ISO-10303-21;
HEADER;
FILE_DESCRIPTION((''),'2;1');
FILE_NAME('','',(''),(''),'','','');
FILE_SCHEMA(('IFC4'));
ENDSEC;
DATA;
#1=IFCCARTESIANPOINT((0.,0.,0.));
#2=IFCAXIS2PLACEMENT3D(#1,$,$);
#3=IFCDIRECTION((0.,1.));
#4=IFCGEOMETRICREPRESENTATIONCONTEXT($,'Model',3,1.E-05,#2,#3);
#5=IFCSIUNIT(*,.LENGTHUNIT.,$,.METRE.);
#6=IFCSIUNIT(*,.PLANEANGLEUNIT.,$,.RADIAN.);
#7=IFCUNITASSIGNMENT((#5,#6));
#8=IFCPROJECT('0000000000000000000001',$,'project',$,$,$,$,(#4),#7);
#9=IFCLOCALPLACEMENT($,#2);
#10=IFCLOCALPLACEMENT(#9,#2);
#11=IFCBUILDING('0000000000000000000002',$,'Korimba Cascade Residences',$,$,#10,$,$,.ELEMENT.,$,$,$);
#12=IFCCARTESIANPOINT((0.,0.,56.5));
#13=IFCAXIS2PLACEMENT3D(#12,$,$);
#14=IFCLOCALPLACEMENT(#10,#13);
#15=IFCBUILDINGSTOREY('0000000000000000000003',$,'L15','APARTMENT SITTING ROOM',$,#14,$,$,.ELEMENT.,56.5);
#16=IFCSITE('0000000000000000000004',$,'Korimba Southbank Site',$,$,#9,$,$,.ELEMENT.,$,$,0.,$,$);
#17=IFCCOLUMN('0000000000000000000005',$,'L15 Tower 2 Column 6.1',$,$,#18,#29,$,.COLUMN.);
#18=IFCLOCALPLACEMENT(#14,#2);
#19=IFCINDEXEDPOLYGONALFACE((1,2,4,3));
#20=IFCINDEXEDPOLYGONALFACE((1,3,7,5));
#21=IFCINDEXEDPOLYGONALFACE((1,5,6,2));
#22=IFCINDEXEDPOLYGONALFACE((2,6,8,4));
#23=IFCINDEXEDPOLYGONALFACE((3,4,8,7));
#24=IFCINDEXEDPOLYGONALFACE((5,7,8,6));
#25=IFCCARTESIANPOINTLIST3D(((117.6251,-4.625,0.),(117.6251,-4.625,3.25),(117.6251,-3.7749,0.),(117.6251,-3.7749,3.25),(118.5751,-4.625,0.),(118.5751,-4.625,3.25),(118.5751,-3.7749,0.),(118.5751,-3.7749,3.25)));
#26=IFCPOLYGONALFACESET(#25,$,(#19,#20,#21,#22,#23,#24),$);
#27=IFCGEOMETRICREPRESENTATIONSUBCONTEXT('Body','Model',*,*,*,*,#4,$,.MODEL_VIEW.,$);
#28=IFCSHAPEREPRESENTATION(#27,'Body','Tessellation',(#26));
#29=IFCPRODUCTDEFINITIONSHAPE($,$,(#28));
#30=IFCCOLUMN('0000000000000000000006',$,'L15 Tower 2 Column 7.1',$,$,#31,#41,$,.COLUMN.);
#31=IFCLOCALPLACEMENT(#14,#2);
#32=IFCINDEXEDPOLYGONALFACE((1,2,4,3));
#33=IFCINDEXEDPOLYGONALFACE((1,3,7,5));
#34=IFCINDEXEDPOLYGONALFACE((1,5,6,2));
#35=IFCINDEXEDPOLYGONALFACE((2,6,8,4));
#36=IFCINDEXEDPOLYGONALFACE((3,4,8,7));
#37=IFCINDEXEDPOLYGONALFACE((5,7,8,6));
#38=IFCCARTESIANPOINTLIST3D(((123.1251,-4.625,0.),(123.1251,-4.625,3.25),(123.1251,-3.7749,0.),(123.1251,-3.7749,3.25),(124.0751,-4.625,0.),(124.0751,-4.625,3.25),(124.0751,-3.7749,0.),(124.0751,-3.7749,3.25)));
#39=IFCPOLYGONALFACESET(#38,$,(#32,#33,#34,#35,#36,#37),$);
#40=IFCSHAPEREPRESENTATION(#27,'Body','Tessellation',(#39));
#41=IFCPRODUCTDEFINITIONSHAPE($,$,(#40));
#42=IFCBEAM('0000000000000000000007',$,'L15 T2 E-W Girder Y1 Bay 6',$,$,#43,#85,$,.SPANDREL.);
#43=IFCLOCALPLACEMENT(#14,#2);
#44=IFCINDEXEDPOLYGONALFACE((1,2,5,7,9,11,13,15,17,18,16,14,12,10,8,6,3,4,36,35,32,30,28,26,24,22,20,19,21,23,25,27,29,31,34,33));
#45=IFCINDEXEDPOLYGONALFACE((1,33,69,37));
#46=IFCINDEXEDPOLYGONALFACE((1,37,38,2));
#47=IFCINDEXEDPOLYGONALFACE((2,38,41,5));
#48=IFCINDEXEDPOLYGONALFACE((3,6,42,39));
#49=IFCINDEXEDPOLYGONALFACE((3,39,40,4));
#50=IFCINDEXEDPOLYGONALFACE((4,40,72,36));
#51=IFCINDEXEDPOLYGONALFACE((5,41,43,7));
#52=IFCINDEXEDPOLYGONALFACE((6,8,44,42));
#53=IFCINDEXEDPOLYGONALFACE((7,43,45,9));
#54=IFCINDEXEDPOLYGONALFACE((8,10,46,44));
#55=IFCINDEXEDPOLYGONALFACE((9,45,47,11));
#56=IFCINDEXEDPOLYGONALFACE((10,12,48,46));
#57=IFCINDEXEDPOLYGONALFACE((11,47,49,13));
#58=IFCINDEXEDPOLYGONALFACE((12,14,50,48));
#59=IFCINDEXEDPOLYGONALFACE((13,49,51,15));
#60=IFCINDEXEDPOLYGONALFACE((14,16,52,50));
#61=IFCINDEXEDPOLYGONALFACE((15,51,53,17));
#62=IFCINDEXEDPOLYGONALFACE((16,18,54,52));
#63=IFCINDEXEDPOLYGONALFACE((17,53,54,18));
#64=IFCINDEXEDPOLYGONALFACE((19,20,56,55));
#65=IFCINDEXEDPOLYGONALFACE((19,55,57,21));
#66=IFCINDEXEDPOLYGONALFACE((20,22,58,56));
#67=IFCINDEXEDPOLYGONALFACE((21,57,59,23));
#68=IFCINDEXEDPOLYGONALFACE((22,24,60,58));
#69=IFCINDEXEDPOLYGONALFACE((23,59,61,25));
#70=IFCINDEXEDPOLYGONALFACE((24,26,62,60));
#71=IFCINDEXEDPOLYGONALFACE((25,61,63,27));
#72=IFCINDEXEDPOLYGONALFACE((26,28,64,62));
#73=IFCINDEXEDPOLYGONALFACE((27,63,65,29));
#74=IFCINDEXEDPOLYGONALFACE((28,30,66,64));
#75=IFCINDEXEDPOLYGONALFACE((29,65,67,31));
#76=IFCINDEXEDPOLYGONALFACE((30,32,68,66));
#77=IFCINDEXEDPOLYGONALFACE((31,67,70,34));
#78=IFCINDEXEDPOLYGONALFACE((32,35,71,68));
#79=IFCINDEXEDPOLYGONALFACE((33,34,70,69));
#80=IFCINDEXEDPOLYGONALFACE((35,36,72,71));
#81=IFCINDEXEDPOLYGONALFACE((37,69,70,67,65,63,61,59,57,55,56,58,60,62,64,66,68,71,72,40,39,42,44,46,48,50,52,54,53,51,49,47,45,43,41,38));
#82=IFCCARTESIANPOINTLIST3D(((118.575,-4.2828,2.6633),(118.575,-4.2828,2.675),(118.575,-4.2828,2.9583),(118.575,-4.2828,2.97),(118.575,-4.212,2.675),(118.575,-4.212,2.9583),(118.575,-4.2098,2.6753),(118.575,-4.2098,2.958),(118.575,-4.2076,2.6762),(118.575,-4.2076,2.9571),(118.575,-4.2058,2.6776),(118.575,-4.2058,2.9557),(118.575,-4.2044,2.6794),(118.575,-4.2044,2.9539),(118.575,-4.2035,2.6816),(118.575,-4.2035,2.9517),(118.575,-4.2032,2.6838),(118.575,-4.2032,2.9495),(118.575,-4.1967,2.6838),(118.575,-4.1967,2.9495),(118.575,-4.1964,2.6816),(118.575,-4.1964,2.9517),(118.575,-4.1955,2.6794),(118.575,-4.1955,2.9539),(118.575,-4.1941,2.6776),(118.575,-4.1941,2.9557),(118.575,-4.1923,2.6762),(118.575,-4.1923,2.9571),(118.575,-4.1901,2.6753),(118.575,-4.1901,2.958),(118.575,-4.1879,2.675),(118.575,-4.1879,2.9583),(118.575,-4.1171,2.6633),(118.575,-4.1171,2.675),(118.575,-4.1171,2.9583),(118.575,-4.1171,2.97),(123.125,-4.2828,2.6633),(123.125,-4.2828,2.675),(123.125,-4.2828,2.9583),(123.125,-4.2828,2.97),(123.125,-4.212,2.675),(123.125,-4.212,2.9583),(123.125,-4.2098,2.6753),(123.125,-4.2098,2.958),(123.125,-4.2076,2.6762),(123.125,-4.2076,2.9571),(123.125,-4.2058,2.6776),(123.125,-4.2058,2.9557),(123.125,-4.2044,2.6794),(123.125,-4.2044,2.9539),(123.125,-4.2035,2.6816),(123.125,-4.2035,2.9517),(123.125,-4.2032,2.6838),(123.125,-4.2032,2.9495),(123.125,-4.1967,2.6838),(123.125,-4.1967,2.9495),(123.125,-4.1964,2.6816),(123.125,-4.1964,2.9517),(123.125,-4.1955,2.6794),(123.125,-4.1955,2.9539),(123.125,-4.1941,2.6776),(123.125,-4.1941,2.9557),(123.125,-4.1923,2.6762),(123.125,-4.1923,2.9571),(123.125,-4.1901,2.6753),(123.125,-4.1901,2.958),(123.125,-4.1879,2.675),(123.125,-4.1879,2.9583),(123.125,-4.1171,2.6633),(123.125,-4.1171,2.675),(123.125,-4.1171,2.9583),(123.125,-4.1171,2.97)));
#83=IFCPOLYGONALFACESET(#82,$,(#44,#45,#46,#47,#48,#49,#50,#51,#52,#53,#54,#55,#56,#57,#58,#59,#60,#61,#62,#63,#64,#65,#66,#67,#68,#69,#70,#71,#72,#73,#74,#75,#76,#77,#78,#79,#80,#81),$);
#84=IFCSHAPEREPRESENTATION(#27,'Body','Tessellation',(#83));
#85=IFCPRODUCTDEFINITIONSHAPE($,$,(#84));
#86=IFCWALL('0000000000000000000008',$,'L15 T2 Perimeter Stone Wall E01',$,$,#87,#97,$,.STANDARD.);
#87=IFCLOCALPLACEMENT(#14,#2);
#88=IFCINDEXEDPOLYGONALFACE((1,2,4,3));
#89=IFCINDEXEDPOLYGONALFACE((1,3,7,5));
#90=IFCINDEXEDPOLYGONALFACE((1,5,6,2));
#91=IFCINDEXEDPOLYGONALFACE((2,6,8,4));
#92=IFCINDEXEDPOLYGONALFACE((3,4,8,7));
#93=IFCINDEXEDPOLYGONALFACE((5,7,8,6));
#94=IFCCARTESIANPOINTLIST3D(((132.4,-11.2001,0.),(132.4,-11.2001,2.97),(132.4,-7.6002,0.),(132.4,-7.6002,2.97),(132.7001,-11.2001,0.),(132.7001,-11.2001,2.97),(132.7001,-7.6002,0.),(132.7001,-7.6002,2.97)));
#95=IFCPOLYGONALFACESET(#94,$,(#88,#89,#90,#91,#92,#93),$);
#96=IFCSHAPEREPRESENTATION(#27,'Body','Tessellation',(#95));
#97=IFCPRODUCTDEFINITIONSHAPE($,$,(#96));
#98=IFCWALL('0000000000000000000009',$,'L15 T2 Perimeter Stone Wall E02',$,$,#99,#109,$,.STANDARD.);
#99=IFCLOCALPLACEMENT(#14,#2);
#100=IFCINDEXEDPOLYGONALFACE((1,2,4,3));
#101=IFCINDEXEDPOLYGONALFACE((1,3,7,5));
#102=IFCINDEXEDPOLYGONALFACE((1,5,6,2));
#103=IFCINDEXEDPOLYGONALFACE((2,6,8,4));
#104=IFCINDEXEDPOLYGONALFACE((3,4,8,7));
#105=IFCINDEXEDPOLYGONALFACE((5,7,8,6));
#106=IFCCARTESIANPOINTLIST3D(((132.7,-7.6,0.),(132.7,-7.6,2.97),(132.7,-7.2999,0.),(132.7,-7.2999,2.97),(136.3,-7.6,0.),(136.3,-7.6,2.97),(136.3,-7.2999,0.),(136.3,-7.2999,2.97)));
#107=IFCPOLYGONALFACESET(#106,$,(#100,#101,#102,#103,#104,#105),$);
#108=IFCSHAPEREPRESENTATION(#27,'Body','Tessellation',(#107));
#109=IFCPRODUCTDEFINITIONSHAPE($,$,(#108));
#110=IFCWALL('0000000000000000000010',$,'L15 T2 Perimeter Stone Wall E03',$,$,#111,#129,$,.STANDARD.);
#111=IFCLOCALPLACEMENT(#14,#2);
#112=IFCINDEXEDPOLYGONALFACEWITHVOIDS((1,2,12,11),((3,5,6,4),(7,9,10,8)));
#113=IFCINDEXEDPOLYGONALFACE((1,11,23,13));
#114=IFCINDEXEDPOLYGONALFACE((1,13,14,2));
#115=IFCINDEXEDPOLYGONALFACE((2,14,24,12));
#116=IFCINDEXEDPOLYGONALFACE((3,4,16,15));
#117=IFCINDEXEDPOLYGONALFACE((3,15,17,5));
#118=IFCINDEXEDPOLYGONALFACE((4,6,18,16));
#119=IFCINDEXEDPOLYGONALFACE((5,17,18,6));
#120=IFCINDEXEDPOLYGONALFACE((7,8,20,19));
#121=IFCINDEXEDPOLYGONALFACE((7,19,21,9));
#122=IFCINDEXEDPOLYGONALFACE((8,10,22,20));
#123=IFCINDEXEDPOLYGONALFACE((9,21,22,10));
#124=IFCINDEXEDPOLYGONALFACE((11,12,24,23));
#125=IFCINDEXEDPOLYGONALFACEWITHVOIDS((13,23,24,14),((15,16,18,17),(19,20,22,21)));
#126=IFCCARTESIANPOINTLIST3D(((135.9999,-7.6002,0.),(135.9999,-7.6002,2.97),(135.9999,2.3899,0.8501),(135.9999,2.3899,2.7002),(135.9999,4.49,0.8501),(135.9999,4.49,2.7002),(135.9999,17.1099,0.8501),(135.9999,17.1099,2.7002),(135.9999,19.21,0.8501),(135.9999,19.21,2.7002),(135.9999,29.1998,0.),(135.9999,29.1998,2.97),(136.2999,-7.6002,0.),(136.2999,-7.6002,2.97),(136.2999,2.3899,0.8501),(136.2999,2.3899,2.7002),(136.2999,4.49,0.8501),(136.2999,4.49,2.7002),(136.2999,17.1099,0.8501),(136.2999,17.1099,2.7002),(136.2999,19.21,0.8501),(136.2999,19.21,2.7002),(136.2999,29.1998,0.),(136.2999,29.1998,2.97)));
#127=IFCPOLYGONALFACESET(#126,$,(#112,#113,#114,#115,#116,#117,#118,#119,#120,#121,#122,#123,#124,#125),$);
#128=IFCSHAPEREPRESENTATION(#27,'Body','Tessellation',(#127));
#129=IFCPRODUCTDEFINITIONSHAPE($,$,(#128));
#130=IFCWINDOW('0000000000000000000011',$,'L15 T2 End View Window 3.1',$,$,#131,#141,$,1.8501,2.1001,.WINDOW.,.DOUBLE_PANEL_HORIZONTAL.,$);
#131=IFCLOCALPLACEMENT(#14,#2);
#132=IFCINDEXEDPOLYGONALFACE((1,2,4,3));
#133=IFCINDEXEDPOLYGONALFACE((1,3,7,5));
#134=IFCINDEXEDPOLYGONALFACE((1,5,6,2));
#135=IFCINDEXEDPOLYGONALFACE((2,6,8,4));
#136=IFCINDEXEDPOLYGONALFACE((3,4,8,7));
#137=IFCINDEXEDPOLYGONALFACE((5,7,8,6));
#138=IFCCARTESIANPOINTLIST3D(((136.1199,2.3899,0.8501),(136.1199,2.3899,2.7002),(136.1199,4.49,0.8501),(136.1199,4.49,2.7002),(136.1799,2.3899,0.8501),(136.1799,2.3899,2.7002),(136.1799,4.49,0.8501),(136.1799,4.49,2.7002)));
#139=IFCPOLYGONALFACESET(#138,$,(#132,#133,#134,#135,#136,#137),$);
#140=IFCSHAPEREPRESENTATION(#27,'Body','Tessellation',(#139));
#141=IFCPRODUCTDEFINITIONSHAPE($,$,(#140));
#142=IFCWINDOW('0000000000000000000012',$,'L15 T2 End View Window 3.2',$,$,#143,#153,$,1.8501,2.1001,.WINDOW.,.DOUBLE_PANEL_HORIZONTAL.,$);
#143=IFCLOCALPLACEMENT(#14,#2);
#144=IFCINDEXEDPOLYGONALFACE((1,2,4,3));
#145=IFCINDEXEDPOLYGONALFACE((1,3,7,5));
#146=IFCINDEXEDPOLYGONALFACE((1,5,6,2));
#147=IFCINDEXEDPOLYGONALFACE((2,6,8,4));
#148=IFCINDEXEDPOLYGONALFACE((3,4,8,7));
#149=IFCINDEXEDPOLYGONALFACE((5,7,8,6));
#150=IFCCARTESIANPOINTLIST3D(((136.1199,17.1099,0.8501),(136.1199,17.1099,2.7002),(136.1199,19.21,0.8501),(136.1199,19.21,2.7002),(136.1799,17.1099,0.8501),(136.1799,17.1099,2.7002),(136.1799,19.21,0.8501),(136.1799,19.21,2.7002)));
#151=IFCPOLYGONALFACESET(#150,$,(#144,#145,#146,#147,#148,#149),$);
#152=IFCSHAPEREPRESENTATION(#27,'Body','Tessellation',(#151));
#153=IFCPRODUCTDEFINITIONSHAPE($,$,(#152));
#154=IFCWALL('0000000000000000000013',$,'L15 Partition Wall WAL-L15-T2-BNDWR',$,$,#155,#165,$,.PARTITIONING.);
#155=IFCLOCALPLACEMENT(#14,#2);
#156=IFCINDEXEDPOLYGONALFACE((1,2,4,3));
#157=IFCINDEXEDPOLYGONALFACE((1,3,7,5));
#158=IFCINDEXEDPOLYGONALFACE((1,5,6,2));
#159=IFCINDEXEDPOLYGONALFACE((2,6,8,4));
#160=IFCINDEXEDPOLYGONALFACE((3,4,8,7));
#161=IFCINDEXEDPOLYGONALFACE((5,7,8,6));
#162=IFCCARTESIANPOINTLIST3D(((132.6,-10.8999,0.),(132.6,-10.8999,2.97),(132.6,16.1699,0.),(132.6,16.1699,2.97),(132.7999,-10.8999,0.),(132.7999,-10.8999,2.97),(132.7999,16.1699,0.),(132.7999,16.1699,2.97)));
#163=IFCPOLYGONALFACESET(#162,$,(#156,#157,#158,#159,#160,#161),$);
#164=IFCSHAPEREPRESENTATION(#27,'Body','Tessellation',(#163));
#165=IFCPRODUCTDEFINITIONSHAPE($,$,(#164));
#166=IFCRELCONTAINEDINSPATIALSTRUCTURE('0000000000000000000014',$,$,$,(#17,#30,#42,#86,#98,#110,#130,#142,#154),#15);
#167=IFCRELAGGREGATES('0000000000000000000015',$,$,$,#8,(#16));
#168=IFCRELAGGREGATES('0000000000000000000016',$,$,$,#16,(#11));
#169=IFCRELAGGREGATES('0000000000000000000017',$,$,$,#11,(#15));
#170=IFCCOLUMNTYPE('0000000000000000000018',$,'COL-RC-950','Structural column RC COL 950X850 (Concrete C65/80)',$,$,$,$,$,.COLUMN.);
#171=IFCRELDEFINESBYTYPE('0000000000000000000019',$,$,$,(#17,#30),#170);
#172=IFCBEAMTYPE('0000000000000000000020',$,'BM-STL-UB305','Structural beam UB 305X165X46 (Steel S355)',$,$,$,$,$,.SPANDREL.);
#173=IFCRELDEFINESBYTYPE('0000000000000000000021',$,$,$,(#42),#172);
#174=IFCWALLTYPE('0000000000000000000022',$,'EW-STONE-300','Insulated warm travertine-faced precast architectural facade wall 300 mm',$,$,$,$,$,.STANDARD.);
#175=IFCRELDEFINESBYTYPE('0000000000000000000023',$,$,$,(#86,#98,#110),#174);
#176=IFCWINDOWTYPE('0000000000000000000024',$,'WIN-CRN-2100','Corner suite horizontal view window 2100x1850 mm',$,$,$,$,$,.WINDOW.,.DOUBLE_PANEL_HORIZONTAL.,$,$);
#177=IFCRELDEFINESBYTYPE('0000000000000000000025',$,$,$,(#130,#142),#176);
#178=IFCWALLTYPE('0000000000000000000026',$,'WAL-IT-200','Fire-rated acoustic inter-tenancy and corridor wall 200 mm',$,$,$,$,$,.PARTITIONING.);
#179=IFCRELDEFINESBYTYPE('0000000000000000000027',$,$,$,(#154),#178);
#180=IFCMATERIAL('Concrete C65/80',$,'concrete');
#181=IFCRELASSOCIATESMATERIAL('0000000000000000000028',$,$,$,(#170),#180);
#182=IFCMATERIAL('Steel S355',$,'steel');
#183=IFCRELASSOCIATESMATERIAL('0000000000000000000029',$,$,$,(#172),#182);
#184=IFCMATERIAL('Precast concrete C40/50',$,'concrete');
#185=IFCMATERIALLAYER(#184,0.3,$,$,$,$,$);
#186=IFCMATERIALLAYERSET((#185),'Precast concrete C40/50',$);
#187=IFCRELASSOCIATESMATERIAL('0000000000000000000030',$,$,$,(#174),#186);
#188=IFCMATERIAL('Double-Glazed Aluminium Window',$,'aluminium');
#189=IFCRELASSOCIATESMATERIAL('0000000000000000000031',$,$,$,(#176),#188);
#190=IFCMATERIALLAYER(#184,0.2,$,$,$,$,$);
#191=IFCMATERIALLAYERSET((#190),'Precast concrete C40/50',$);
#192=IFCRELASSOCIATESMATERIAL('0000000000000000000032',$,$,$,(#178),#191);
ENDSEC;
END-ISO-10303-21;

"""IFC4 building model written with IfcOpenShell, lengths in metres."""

from ifc_helpers import new_model, si_unit, direction, frame, frame_2d, origin, origin_2d, place, context, subcontext, project, spatial, rectangle, i_section, extrude, material, layer, layer_set, material_profile, profile_set, type_object, element, fill, save


model = new_model("IFC4")

# Units and contexts
model_context = context("Model", 3, precision=1e-05, world=origin(), true_north=direction((0.0, 1.0)))
body_context = subcontext(model_context, "Body", "Model", "MODEL_VIEW")
ifc_project = project(units=[si_unit("LENGTHUNIT", "METRE"), si_unit("PLANEANGLEUNIT", "RADIAN")], contexts=[model_context])

# Site, building, storey
site_placement = place(None, origin())
site = spatial("IfcSite", under=ifc_project, at=site_placement, Name="Korimba Southbank Site", CompositionType="ELEMENT", RefElevation=0.0)
building_placement = place(site_placement, origin())
building = spatial("IfcBuilding", under=site, at=building_placement, Name="Korimba Cascade Residences", CompositionType="ELEMENT")
storey_placement = place(building_placement, frame((0.0, 0.0, 56.5)))
storey = spatial("IfcBuildingStorey", under=building, at=storey_placement, Name="L15", Description="APARTMENT SITTING ROOM", CompositionType="ELEMENT", Elevation=56.5)

# Columns
ifc_material_1 = material(Name="Concrete C65/80", Category="concrete")
ifc_material_profile_1 = material_profile(ifc_material_1, rectangle(XDim=0.95, YDim=0.8501, at=origin_2d()), Name="Concrete C65/80")
ifc_profile_set_1 = profile_set([ifc_material_profile_1], Name="Concrete C65/80")
column_type = type_object("IfcColumnType", Name="COL-RC-950", Description="Structural column RC COL 950X850 (Concrete C65/80)", PredefinedType="COLUMN", material=ifc_profile_set_1)
for number, where, z_axis, x_axis, name in (
    (1, (118.1001, -4.2, 0.0), (0.0, 0.0, 1.0), (1.0, 0.0, 0.0), "L15 Tower 2 Column 6.1"),
    (2, (123.6001, -4.2, 0.0), (0.0, 0.0, 1.0), (1.0, 0.0, 0.0), "L15 Tower 2 Column 7.1"),
):
    element("IfcColumn", number, at=place(storey_placement, frame(where, z_axis=z_axis, x_axis=x_axis)), inside=storey, type_object=column_type, Name=name, PredefinedType="COLUMN", context=body_context, shape_type="SweptSolid", body=[
        extrude(rectangle(XDim=0.95, YDim=0.8501, at=origin_2d()), origin(), (0.0, 0.0, 1.0), 3.25),
    ])

# Beam
ifc_material_2 = material(Name="Steel S355", Category="steel")
ifc_material_profile_2 = material_profile(ifc_material_2, i_section(OverallWidth=0.1658, OverallDepth=0.3066, WebThickness=0.0066, FlangeThickness=0.0117, FilletRadius=0.0088, at=origin_2d()), Name="Steel S355")
ifc_profile_set_2 = profile_set([ifc_material_profile_2], Name="Steel S355")
beam_type = type_object("IfcBeamType", Name="BM-STL-UB305", Description="Structural beam UB 305X165X46 (Steel S355)", PredefinedType="SPANDREL", material=ifc_profile_set_2)
beam_placement = place(storey_placement, frame((118.575, -4.2, 2.8167), z_axis=(1.0, 0.0, 0.0), x_axis=(0.0, 1.0, 0.0)))
element("IfcBeam", 3, at=beam_placement, inside=storey, type_object=beam_type, Name="L15 T2 E-W Girder Y1 Bay 6", PredefinedType="SPANDREL", context=body_context, shape_type="SweptSolid", body=[
    extrude(i_section(OverallWidth=0.1658, OverallDepth=0.3066, WebThickness=0.0066, FlangeThickness=0.0117, FilletRadius=0.0088, at=origin_2d()), origin(), (0.0, 0.0, 1.0), 4.55),
])

# Walls
ifc_material_3 = material(Name="Precast concrete C40/50", Category="concrete")
ifc_layer_1 = layer(ifc_material_3, 0.3)
ifc_layer_set_1 = layer_set([ifc_layer_1], Name="Precast concrete C40/50")
wall_type_1 = type_object("IfcWallType", Name="EW-STONE-300", Description="Insulated warm travertine-faced precast architectural facade wall 300 mm", PredefinedType="STANDARD", material=ifc_layer_set_1)
wall_1_placement = place(storey_placement, frame((132.55, -11.2, 0.0), z_axis=(0.0, 0.0, 1.0), x_axis=(0.0, 1.0, 0.0)))
element("IfcWall", 4, at=wall_1_placement, inside=storey, type_object=wall_type_1, Name="L15 T2 Perimeter Stone Wall E01", PredefinedType="STANDARD", context=body_context, shape_type="SweptSolid", body=[
    extrude(rectangle(XDim=3.5999, YDim=0.3, at=frame_2d((1.7998, 0.0))), origin(), (0.0, 0.0, 1.0), 2.97),
])
wall_2_placement = place(storey_placement, frame((132.7, -7.45, 0.0), z_axis=(0.0, 0.0, 1.0), x_axis=(1.0, 0.0, 0.0)))
element("IfcWall", 5, at=wall_2_placement, inside=storey, type_object=wall_type_1, Name="L15 T2 Perimeter Stone Wall E02", PredefinedType="STANDARD", context=body_context, shape_type="SweptSolid", body=[
    extrude(rectangle(XDim=3.6001, YDim=0.3, at=frame_2d((1.8, 0.0))), origin(), (0.0, 0.0, 1.0), 2.97),
])

# Wall, openings, windows
wall_3_placement = place(storey_placement, frame((136.1499, -7.6001, 0.0), z_axis=(0.0, 0.0, 1.0), x_axis=(0.0, 1.0, 0.0)))
wall_3 = element("IfcWall", 6, at=wall_3_placement, inside=storey, type_object=wall_type_1, Name="L15 T2 Perimeter Stone Wall E03", PredefinedType="STANDARD", context=body_context, shape_type="SweptSolid", body=[
    extrude(rectangle(XDim=36.8, YDim=0.3, at=frame_2d((18.3999, 0.0))), origin(), (0.0, 0.0, 1.0), 2.97),
])
opening_1_placement = place(wall_3_placement, frame((9.99, 0.0, 0.8501)))
opening_1 = element("IfcOpeningElement", 7, at=opening_1_placement, cuts=wall_3, PredefinedType="OPENING", context=body_context, shape_type="SweptSolid", body=[
    extrude(rectangle(XDim=2.1001, YDim=1.8501, at=frame_2d((1.05, 0.925))), frame((0.0, 0.1602, 0.0), z_axis=(0.0, -1.0, 0.0), x_axis=(1.0, 0.0, 0.0)), (0.0, 0.0, 1.0), 0.3201),
])
opening_2_placement = place(wall_3_placement, frame((24.71, 0.0, 0.8501)))
opening_2 = element("IfcOpeningElement", 8, at=opening_2_placement, cuts=wall_3, PredefinedType="OPENING", context=body_context, shape_type="SweptSolid", body=[
    extrude(rectangle(XDim=2.1001, YDim=1.8501, at=frame_2d((1.05, 0.925))), frame((0.0, 0.1602, 0.0), z_axis=(0.0, -1.0, 0.0), x_axis=(1.0, 0.0, 0.0)), (0.0, 0.0, 1.0), 0.3201),
])
ifc_material_4 = material(Name="Double-Glazed Aluminium Window", Category="aluminium")
window_type = type_object("IfcWindowType", Name="WIN-CRN-2100", Description="Corner suite horizontal view window 2100x1850 mm", PartitioningType="DOUBLE_PANEL_HORIZONTAL", PredefinedType="WINDOW", material=ifc_material_4)
window_1_placement = place(opening_1_placement, origin())
window_1 = element("IfcWindow", 9, at=window_1_placement, inside=storey, type_object=window_type, Name="L15 T2 End View Window 3.1", OverallHeight=1.8501, OverallWidth=2.1001, PartitioningType="DOUBLE_PANEL_HORIZONTAL", PredefinedType="WINDOW", context=body_context, shape_type="SweptSolid", body=[
    extrude(rectangle(XDim=2.1001, YDim=1.8501, at=frame_2d((1.05, 0.925))), frame((0.0, 0.03, 0.0), z_axis=(0.0, -1.0, 0.0), x_axis=(1.0, 0.0, 0.0)), (0.0, 0.0, 1.0), 0.0601),
])
fill(opening_1, window_1)
window_2_placement = place(opening_2_placement, origin())
window_2 = element("IfcWindow", 10, at=window_2_placement, inside=storey, type_object=window_type, Name="L15 T2 End View Window 3.2", OverallHeight=1.8501, OverallWidth=2.1001, PartitioningType="DOUBLE_PANEL_HORIZONTAL", PredefinedType="WINDOW", context=body_context, shape_type="SweptSolid", body=[
    extrude(rectangle(XDim=2.1001, YDim=1.8501, at=frame_2d((1.05, 0.925))), frame((0.0, 0.03, 0.0), z_axis=(0.0, -1.0, 0.0), x_axis=(1.0, 0.0, 0.0)), (0.0, 0.0, 1.0), 0.0601),
])
fill(opening_2, window_2)

# Wall
ifc_layer_2 = layer(ifc_material_3, 0.2)
ifc_layer_set_2 = layer_set([ifc_layer_2], Name="Precast concrete C40/50")
wall_type_2 = type_object("IfcWallType", Name="WAL-IT-200", Description="Fire-rated acoustic inter-tenancy and corridor wall 200 mm", PredefinedType="PARTITIONING", material=ifc_layer_set_2)
wall_4_placement = place(storey_placement, frame((132.7, -10.8999, 0.0), z_axis=(0.0, 0.0, 1.0), x_axis=(0.0, 1.0, 0.0)))
element("IfcWall", 11, at=wall_4_placement, inside=storey, type_object=wall_type_2, Name="L15 Partition Wall WAL-L15-T2-BNDWR", PredefinedType="PARTITIONING", context=body_context, shape_type="SweptSolid", body=[
    extrude(rectangle(XDim=27.0698, YDim=0.2, at=frame_2d((13.5349, 0.0))), origin(), (0.0, 0.0, 1.0), 2.97),
])

save(model, "model.ifc")
